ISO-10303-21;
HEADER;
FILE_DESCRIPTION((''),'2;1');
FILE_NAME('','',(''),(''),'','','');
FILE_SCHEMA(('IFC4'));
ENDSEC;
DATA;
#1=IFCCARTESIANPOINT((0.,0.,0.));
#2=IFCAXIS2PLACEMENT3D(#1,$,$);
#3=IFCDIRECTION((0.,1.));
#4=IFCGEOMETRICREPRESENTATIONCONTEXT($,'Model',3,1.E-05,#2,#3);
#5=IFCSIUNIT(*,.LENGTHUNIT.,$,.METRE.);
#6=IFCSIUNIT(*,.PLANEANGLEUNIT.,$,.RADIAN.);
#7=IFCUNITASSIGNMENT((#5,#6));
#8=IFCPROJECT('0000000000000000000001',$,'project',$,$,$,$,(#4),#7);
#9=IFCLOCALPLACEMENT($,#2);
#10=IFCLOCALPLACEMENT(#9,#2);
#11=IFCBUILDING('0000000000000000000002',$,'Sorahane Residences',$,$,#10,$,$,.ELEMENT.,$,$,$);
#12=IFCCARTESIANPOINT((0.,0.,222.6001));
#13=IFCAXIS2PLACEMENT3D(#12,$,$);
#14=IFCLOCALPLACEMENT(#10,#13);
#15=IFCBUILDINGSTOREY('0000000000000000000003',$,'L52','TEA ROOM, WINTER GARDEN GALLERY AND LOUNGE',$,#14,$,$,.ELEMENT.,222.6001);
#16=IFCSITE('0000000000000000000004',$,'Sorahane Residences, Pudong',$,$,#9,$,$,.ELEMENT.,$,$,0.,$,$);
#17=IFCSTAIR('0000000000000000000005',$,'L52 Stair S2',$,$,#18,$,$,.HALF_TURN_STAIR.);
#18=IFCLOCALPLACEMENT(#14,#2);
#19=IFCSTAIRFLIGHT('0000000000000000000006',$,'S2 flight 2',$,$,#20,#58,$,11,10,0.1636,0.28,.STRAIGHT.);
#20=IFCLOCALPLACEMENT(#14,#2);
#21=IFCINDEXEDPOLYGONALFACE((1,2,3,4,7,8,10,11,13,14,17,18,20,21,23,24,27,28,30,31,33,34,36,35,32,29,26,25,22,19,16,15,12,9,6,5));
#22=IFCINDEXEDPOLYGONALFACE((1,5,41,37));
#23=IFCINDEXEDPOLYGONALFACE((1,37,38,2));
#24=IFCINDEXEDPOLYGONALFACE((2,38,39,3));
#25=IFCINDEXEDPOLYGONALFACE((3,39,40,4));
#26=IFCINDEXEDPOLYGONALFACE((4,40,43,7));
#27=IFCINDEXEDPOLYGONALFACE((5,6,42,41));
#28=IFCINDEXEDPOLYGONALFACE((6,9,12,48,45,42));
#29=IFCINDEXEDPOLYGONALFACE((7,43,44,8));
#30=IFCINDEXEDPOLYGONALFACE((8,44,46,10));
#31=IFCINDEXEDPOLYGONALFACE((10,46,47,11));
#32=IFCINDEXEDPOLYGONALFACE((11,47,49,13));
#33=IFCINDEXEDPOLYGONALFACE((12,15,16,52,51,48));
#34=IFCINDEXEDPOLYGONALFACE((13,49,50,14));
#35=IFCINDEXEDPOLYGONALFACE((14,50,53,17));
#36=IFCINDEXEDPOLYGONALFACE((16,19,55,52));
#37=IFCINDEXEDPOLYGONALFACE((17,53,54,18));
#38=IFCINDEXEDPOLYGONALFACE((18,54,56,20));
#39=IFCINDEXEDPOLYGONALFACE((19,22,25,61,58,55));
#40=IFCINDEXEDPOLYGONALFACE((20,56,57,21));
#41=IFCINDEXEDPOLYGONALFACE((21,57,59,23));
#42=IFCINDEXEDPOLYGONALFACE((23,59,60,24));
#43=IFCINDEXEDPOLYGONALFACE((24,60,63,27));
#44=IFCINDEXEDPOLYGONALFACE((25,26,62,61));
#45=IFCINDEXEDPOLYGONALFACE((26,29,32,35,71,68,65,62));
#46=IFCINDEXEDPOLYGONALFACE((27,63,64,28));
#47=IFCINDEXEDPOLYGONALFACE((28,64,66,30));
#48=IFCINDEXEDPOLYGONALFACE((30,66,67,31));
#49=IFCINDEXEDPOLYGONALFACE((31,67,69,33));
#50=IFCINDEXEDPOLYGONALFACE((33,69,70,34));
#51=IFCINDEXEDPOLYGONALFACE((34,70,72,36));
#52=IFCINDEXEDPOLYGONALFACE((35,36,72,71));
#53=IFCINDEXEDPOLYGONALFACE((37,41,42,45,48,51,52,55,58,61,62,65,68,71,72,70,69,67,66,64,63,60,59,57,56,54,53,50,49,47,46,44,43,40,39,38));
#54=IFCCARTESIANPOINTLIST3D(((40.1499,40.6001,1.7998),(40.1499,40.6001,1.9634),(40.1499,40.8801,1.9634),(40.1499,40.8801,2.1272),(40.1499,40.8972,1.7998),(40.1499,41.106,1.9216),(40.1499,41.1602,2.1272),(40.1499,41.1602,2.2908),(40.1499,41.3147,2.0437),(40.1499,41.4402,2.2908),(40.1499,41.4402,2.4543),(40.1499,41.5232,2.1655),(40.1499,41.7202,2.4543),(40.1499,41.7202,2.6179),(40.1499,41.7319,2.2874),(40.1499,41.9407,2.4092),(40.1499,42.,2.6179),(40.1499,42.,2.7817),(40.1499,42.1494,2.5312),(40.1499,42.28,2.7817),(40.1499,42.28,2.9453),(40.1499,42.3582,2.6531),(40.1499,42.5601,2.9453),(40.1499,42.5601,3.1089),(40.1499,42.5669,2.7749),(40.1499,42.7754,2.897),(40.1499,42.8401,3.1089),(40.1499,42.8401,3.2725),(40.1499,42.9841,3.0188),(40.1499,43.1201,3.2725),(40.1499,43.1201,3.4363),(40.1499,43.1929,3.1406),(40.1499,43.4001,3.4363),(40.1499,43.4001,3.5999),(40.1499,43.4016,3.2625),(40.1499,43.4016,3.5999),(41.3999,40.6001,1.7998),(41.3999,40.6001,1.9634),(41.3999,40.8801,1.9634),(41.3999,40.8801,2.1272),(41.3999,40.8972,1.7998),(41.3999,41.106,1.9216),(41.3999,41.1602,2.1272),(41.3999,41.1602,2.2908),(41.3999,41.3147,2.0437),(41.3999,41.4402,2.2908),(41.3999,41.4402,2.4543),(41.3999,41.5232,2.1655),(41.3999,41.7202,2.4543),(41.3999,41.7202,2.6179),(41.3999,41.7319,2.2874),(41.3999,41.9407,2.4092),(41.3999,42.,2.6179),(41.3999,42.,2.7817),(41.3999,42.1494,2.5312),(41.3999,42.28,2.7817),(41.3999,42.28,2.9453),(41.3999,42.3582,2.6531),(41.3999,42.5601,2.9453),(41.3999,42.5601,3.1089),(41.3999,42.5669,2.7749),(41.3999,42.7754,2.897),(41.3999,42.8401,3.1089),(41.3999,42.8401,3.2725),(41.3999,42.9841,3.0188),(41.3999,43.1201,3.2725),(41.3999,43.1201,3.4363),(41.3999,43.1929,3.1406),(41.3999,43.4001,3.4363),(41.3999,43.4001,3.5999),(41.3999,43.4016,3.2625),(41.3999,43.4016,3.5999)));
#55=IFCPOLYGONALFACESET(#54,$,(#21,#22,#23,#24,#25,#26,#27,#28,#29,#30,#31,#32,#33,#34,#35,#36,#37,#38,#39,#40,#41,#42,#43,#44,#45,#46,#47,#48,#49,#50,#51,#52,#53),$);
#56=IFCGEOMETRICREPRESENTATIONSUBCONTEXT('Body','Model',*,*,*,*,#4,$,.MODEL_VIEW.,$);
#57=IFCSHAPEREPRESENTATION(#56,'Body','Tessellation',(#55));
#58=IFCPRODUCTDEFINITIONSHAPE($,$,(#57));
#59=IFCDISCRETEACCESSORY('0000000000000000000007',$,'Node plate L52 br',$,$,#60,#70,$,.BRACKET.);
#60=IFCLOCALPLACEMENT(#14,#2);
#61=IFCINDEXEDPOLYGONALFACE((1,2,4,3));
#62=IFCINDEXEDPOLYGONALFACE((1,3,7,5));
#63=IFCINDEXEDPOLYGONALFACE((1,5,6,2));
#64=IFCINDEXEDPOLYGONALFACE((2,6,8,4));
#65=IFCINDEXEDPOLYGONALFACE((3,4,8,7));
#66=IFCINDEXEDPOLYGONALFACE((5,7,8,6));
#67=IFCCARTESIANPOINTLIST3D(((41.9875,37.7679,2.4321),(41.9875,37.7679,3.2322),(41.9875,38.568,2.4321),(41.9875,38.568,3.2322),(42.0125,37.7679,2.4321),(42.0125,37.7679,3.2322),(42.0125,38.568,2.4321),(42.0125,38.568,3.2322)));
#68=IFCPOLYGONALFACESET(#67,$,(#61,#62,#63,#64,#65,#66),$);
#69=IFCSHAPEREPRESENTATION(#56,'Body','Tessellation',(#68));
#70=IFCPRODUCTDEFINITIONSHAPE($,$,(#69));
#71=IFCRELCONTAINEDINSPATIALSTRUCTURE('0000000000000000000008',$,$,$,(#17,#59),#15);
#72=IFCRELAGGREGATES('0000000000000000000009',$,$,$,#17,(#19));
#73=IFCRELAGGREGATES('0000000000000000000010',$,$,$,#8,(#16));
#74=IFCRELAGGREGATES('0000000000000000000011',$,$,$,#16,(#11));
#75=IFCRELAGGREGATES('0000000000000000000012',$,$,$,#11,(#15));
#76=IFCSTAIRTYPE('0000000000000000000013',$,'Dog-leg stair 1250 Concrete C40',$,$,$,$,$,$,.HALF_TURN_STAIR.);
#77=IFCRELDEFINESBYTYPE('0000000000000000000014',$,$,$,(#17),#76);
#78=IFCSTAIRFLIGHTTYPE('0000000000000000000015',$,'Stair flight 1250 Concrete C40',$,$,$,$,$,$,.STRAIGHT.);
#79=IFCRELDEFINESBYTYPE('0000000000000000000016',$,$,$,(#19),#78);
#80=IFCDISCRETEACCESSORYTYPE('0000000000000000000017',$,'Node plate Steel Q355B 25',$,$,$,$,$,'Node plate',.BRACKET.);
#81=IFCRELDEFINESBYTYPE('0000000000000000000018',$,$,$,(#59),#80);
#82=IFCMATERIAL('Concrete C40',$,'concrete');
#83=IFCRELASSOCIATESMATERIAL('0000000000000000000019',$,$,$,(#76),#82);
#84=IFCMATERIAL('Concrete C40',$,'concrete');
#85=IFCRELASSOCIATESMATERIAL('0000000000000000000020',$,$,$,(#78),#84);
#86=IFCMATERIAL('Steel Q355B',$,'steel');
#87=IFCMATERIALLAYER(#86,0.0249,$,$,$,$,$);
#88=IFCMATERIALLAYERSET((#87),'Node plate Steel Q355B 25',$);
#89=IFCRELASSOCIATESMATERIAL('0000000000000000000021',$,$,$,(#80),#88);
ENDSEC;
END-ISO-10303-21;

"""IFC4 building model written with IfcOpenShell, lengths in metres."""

from ifc_helpers import new_model, si_unit, direction, frame, origin, origin_2d, place, context, subcontext, project, spatial, polyline, rectangle, outline, extrude, material, layer, layer_set, type_object, element, aggregate, save


model = new_model("IFC4")

# Units and contexts
model_context = context("Model", 3, precision=1e-05, world=origin(), true_north=direction((0.0, 1.0)))
body_context = subcontext(model_context, "Body", "Model", "MODEL_VIEW")
ifc_project = project(units=[si_unit("LENGTHUNIT", "METRE"), si_unit("PLANEANGLEUNIT", "RADIAN")], contexts=[model_context])

# Site, building, storey
site_placement = place(None, origin())
site = spatial("IfcSite", under=ifc_project, at=site_placement, Name="Sorahane Residences, Pudong", CompositionType="ELEMENT", RefElevation=0.0)
building_placement = place(site_placement, origin())
building = spatial("IfcBuilding", under=site, at=building_placement, Name="Sorahane Residences", CompositionType="ELEMENT")
storey_placement = place(building_placement, frame((0.0, 0.0, 222.6001)))
storey = spatial("IfcBuildingStorey", under=building, at=storey_placement, Name="L52", Description="TEA ROOM, WINTER GARDEN GALLERY AND LOUNGE", CompositionType="ELEMENT", Elevation=222.6001)

# Stair, stair flight
ifc_material_1 = material(Name="Concrete C40", Category="concrete")
stair_type = type_object("IfcStairType", Name="Dog-leg stair 1250 Concrete C40", PredefinedType="HALF_TURN_STAIR", material=ifc_material_1)
stair_placement = place(storey_placement, origin())
stair = element("IfcStair", 1, at=stair_placement, inside=storey, type_object=stair_type, Name="L52 Stair S2", PredefinedType="HALF_TURN_STAIR")
ifc_material_2 = material(Name="Concrete C40", Category="concrete")
stair_flight_type = type_object("IfcStairFlightType", Name="Stair flight 1250 Concrete C40", PredefinedType="STRAIGHT", material=ifc_material_2)
stair_flight_placement = place(storey_placement, frame((40.7749, 40.6001, 1.7998), z_axis=(0.0, 0.0, 1.0), x_axis=(0.0, 1.0, 0.0)))
stair_flight = element("IfcStairFlight", 2, at=stair_flight_placement, type_object=stair_flight_type, Name="S2 flight 2", NumberOfRisers=11, NumberOfTreads=10, PredefinedType="STRAIGHT", RiserHeight=0.1636, TreadLength=0.28, context=body_context, shape_type="SweptSolid", body=[
    extrude(outline(polyline([(0.0, 0.0), (0.0, 0.1636), (0.28, 0.1636), (0.28, 0.3274), (0.5601, 0.3274), (0.5601, 0.491), (0.8401, 0.491), (0.8401, 0.6545), (1.1201, 0.6545), (1.1201, 0.8181), (1.3999, 0.8181), (1.3999, 0.9819), (1.6799, 0.9819), (1.6799, 1.1455), (1.96, 1.1455), (1.96, 1.3091), (2.24, 1.3091), (2.24, 1.4727), (2.52, 1.4727), (2.52, 1.6365), (2.8, 1.6365), (2.8, 1.8), (2.8015, 1.8), (2.8015, 1.4626), (2.5928, 1.3408), (2.384, 1.219), (2.1753, 1.0972), (1.9668, 0.9751), (1.7581, 0.8533), (1.5493, 0.7314), (1.3406, 0.6094), (1.1318, 0.4875), (0.9231, 0.3657), (0.7146, 0.2439), (0.5059, 0.1218), (0.2971, 0.0), (0.0, 0.0)])), frame((0.0, 0.625, 0.0), z_axis=(0.0, -1.0, 0.0), x_axis=(1.0, 0.0, 0.0)), (0.0, 0.0, 1.0), 1.25),
])
aggregate(stair, [stair_flight])

# Discrete accessory
ifc_material_3 = material(Name="Steel Q355B", Category="steel")
ifc_layer_1 = layer(ifc_material_3, 0.0249)
ifc_layer_set_1 = layer_set([ifc_layer_1], Name="Node plate Steel Q355B 25")
discrete_accessory_type = type_object("IfcDiscreteAccessoryType", Name="Node plate Steel Q355B 25", ElementType="Node plate", PredefinedType="BRACKET", material=ifc_layer_set_1)
discrete_accessory_placement = place(storey_placement, frame((42.0, 38.168, 2.4321), z_axis=(0.0, 0.0, 1.0), x_axis=(0.0, 1.0, 0.0)))
element("IfcDiscreteAccessory", 3, at=discrete_accessory_placement, inside=storey, type_object=discrete_accessory_type, Name="Node plate L52 br", PredefinedType="BRACKET", context=body_context, shape_type="SweptSolid", body=[
    extrude(rectangle(XDim=0.8, YDim=0.0249, at=origin_2d()), origin(), (0.0, 0.0, 1.0), 0.8),
])

save(model, "model.ifc")
